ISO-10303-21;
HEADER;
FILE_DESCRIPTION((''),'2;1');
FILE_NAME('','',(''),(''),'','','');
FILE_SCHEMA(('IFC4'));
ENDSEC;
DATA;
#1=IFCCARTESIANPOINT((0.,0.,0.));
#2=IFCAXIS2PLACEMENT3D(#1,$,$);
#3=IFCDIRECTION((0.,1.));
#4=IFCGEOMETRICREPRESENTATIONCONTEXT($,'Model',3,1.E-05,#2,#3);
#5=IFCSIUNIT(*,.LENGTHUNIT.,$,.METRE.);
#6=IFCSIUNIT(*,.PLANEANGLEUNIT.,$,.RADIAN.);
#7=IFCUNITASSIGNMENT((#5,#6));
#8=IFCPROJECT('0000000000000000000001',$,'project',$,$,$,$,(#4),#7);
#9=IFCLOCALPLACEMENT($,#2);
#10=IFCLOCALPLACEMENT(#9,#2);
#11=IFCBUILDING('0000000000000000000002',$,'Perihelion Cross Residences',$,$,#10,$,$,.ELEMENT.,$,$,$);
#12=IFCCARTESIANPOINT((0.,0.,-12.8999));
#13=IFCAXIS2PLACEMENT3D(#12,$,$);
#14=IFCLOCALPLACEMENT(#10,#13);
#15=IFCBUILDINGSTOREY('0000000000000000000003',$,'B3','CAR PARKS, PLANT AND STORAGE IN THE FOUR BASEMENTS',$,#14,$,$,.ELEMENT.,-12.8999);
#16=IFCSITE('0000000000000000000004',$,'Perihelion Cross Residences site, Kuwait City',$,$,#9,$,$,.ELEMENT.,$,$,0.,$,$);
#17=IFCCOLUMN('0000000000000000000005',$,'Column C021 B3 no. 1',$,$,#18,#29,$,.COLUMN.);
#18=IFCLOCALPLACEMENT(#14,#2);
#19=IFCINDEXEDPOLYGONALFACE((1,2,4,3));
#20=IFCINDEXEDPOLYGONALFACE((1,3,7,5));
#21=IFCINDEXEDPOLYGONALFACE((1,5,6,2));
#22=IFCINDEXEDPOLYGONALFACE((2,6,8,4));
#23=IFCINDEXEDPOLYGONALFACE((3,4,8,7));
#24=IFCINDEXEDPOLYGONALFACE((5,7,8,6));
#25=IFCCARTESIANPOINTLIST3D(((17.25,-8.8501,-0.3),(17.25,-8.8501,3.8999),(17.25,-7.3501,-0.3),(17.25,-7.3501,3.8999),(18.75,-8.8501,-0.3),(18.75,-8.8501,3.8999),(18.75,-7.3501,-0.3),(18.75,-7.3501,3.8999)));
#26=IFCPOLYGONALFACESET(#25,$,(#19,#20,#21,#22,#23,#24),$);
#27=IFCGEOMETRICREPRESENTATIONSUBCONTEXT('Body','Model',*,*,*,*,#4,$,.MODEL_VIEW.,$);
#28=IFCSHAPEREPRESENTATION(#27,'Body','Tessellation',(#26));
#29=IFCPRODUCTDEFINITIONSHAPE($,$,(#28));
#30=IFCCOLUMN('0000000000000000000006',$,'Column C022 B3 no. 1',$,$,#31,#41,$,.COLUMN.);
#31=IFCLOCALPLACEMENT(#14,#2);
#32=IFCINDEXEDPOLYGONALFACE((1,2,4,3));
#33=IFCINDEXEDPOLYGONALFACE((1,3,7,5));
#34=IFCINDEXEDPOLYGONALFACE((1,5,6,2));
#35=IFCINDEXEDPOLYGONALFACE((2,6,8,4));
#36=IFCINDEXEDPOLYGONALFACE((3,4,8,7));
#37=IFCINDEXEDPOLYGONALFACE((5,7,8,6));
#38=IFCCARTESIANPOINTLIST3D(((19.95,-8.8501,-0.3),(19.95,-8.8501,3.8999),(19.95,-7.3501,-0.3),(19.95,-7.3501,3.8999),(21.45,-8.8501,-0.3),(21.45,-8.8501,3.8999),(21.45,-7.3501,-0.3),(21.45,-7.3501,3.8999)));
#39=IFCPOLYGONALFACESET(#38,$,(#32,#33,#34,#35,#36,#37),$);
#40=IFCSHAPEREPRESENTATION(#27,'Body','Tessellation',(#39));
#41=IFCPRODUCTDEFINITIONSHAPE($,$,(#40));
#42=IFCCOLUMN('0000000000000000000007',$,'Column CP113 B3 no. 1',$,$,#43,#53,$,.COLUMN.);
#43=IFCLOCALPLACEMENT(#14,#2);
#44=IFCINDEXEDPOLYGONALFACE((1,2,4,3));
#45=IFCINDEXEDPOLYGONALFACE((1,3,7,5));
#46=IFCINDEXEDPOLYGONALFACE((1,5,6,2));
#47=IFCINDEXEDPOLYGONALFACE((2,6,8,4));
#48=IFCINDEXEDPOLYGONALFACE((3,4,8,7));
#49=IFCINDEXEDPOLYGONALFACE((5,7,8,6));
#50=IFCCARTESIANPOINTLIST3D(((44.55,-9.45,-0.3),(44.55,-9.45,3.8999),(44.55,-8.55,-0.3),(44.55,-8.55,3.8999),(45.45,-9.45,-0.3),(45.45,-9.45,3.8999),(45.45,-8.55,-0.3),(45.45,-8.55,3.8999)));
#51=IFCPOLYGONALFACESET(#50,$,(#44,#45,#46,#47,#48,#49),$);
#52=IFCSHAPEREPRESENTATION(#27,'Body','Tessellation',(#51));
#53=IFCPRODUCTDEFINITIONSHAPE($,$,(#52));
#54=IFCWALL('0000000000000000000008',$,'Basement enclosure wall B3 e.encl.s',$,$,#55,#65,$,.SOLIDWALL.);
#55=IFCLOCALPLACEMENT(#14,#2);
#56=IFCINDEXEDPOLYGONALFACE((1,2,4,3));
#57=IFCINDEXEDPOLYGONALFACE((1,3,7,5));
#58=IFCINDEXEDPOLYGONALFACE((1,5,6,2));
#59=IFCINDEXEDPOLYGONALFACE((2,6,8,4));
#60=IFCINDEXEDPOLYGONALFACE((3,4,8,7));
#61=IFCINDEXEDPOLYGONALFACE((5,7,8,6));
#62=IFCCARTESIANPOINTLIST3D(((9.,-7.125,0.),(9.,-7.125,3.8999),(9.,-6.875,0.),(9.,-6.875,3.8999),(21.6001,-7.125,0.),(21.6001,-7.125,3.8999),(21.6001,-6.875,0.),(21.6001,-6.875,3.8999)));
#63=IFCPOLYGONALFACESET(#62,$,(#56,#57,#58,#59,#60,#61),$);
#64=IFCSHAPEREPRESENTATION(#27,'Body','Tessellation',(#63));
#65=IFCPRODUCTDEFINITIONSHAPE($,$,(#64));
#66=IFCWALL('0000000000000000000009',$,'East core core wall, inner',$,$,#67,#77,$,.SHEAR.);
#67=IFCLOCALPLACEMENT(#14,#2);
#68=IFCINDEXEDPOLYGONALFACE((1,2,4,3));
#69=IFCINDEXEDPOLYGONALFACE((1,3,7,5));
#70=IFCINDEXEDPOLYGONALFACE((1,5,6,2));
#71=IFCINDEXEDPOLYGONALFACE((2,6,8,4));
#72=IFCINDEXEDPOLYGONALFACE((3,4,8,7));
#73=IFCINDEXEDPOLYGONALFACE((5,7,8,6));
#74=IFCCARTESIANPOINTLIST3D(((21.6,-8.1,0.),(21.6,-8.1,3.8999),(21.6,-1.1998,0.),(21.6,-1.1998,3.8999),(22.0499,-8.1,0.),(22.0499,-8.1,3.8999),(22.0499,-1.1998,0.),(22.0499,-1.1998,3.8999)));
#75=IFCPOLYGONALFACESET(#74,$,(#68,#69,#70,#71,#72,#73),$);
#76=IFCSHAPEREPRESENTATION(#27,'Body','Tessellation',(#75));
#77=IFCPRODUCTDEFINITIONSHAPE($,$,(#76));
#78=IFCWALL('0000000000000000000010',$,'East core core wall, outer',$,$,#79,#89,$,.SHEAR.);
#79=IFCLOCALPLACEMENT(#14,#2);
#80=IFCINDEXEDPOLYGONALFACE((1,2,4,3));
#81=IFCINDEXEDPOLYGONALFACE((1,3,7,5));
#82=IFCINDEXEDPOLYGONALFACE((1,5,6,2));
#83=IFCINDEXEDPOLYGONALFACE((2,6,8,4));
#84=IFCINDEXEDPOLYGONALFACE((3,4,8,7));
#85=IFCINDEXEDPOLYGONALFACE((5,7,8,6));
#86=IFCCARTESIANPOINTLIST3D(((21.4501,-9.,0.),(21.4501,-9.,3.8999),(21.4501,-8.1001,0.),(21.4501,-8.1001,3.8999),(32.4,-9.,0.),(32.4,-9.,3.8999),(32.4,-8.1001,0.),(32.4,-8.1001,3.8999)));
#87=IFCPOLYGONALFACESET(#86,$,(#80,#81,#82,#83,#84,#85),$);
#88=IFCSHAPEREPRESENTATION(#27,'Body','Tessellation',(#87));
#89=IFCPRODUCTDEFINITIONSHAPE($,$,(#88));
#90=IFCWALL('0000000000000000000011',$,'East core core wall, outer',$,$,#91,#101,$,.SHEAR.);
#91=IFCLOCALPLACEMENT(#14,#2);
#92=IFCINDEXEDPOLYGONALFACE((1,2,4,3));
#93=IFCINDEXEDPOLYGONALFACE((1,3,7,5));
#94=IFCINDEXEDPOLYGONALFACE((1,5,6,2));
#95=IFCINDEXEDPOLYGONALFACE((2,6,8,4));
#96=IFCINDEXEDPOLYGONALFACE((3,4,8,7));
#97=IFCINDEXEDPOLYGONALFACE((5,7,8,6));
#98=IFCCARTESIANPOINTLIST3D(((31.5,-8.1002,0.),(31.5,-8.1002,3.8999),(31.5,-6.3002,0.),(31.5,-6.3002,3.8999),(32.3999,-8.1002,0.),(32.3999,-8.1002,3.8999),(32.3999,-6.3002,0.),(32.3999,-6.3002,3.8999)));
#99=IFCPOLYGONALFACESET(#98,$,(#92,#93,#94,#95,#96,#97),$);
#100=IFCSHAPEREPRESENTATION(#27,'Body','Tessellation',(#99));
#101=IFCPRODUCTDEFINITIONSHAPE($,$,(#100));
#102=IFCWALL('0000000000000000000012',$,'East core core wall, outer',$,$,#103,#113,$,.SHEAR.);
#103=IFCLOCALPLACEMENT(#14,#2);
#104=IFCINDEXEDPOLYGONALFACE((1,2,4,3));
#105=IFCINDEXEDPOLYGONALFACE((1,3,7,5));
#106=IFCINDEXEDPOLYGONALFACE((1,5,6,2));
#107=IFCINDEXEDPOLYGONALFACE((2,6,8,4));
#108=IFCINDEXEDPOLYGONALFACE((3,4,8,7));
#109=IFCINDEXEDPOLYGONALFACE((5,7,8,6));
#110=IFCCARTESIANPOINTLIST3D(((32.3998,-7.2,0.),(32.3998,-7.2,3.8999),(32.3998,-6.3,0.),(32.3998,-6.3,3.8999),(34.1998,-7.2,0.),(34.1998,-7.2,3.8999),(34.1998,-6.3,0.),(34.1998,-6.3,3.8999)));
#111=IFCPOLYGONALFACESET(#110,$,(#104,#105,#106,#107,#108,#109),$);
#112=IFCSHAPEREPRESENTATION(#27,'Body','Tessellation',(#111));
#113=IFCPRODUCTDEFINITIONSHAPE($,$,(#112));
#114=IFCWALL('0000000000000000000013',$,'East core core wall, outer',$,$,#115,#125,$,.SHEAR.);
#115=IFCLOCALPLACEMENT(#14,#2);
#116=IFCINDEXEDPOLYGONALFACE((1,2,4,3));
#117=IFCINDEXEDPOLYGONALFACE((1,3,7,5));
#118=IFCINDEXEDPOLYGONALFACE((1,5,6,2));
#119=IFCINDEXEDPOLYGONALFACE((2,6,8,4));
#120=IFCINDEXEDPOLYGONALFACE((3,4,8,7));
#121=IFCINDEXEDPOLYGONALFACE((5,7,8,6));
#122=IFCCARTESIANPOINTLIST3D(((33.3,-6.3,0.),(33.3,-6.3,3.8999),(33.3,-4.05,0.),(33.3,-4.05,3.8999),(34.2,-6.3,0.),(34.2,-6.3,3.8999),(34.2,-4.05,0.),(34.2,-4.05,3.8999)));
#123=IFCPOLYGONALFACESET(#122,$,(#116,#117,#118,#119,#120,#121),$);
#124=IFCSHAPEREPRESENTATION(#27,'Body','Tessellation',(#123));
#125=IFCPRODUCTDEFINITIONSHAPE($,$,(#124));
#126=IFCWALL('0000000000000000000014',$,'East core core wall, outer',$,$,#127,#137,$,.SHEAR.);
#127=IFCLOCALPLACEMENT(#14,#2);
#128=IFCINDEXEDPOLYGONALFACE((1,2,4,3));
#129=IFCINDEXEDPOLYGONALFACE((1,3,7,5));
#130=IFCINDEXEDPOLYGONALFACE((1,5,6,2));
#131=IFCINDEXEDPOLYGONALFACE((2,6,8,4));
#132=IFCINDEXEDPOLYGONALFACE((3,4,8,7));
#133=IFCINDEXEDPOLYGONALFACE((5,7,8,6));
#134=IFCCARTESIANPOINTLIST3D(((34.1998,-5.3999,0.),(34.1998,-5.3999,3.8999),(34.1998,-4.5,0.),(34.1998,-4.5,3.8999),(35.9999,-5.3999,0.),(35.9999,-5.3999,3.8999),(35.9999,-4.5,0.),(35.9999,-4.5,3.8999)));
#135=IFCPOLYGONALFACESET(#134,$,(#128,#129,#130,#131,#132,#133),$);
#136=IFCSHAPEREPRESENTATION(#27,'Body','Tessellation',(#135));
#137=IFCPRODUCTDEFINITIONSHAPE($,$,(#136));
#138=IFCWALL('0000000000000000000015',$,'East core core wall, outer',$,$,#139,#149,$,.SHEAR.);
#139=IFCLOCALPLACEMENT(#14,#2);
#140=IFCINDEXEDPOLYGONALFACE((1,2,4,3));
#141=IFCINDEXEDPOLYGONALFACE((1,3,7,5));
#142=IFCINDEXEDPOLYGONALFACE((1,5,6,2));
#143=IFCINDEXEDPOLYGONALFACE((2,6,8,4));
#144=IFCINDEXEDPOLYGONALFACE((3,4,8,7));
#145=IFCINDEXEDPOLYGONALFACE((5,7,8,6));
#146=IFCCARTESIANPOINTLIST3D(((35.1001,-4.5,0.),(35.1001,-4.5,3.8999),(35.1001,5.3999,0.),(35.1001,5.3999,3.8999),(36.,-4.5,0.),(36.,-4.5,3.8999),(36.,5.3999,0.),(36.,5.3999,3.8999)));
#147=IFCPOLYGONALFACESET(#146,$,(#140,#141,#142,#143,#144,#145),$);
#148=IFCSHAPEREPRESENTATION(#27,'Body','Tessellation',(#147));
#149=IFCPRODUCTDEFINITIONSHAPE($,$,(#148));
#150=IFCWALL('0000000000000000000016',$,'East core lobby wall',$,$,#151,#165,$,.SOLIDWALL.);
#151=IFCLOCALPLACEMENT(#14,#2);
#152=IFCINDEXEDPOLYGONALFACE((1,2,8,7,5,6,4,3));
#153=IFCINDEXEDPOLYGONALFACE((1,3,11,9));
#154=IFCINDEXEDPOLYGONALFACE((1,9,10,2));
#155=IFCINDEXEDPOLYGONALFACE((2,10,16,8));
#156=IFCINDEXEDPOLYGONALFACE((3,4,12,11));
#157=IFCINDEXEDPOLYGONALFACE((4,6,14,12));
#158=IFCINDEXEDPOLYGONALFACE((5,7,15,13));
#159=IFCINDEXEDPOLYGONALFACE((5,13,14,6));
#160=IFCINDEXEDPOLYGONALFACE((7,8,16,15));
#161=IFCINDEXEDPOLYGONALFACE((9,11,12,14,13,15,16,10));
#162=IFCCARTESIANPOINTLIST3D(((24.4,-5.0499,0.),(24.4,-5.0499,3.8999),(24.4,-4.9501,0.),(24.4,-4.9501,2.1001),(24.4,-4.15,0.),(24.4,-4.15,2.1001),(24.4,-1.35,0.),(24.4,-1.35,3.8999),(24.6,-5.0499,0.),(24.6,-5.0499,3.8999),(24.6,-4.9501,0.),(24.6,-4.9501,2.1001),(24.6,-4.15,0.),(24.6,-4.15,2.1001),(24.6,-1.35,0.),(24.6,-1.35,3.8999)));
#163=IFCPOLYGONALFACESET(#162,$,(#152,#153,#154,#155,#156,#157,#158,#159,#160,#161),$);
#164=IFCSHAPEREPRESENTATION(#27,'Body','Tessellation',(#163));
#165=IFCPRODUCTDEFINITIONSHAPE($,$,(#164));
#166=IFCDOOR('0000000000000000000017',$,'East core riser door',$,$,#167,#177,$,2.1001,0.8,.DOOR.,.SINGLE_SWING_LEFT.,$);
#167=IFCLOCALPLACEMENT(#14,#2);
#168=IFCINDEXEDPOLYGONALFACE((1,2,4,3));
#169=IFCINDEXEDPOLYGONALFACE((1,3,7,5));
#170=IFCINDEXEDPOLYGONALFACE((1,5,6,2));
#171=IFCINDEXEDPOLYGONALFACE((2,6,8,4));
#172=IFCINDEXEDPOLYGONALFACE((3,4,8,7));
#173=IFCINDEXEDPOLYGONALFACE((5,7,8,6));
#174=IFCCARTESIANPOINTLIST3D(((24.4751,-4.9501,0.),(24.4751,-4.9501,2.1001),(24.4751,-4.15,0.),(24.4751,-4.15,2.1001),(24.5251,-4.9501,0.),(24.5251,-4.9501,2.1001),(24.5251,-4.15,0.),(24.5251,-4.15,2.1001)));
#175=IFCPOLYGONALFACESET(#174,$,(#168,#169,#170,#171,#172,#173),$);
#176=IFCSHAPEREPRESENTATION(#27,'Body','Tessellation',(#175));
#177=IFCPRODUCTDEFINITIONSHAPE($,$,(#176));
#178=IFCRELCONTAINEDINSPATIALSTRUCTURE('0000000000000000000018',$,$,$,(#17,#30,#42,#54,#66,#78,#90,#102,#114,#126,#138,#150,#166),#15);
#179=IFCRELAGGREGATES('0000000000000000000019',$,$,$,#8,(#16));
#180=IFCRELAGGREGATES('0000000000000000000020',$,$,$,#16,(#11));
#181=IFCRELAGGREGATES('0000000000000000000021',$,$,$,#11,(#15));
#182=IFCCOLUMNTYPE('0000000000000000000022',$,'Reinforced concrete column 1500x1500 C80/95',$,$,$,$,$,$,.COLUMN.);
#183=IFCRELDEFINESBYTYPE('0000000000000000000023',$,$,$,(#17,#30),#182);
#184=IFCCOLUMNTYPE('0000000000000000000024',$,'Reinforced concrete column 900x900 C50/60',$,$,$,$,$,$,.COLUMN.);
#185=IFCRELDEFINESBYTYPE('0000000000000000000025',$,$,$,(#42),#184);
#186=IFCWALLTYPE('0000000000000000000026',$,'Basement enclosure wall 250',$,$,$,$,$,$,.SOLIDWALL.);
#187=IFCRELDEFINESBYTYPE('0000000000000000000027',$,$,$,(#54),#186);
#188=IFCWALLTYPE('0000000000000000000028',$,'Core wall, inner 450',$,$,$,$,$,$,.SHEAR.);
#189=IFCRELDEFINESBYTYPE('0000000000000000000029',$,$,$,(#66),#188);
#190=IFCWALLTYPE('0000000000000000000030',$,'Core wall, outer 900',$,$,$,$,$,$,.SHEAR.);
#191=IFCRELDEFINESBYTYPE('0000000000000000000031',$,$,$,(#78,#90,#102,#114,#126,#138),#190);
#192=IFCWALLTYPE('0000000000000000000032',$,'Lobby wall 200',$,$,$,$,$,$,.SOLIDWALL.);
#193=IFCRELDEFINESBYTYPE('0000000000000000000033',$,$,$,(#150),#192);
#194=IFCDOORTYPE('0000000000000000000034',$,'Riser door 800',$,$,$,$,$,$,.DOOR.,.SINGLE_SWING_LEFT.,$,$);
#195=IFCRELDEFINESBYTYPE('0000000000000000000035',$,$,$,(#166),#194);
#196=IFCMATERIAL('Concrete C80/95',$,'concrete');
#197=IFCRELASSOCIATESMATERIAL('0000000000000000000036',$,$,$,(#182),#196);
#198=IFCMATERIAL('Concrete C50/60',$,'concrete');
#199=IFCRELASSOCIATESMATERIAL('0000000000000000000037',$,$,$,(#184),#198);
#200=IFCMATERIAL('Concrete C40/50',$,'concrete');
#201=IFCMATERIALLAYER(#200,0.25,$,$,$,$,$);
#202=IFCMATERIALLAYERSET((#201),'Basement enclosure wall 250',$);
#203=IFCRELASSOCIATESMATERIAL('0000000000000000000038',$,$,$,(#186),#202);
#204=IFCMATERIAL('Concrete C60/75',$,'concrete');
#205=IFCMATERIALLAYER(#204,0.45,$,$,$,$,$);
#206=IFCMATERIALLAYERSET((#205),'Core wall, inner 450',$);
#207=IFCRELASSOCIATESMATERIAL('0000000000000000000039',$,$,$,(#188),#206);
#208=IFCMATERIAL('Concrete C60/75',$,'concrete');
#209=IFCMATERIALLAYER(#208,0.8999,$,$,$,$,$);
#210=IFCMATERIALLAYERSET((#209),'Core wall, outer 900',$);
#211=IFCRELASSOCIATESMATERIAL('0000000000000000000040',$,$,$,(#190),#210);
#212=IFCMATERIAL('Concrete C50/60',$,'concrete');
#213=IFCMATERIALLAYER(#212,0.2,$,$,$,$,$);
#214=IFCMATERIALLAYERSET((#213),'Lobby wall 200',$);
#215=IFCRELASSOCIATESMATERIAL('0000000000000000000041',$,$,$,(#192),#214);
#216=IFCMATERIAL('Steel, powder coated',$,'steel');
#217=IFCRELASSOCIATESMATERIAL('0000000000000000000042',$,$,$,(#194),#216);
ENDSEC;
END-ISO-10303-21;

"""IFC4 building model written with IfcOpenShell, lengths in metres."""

from ifc_helpers import new_model, si_unit, direction, frame, frame_2d, origin, origin_2d, place, context, subcontext, project, spatial, rectangle, extrude, material, layer, layer_set, material_profile, profile_set, type_object, element, fill, save


model = new_model("IFC4")

# Units and contexts
model_context = context("Model", 3, precision=1e-05, world=origin(), true_north=direction((0.0, 1.0)))
body_context = subcontext(model_context, "Body", "Model", "MODEL_VIEW")
ifc_project = project(units=[si_unit("LENGTHUNIT", "METRE"), si_unit("PLANEANGLEUNIT", "RADIAN")], contexts=[model_context])

# Site, building, storey
site_placement = place(None, origin())
site = spatial("IfcSite", under=ifc_project, at=site_placement, Name="Perihelion Cross Residences site, Kuwait City", CompositionType="ELEMENT", RefElevation=0.0)
building_placement = place(site_placement, origin())
building = spatial("IfcBuilding", under=site, at=building_placement, Name="Perihelion Cross Residences", CompositionType="ELEMENT")
storey_placement = place(building_placement, frame((0.0, 0.0, -12.8999)))
storey = spatial("IfcBuildingStorey", under=building, at=storey_placement, Name="B3", Description="CAR PARKS, PLANT AND STORAGE IN THE FOUR BASEMENTS", CompositionType="ELEMENT", Elevation=-12.8999)

# Columns
ifc_material_1 = material(Name="Concrete C80/95", Category="concrete")
ifc_material_profile_1 = material_profile(ifc_material_1, rectangle(XDim=1.5, YDim=1.5, at=origin_2d()), Name="RC 1500x1500")
ifc_profile_set_1 = profile_set([ifc_material_profile_1], Name="Concrete C80/95")
column_type_1 = type_object("IfcColumnType", Name="Reinforced concrete column 1500x1500 C80/95", PredefinedType="COLUMN", material=ifc_profile_set_1)
for number, where, z_axis, x_axis, name in (
    (1, (18.0, -8.1001, -0.3), (0.0, 0.0, 1.0), (1.0, 0.0, 0.0), "Column C021 B3 no. 1"),
    (2, (20.7, -8.1001, -0.3), (0.0, 0.0, 1.0), (1.0, 0.0, 0.0), "Column C022 B3 no. 1"),
):
    element("IfcColumn", number, at=place(storey_placement, frame(where, z_axis=z_axis, x_axis=x_axis)), inside=storey, type_object=column_type_1, Name=name, PredefinedType="COLUMN", context=body_context, shape_type="SweptSolid", body=[
        extrude(rectangle(XDim=1.5, YDim=1.5, at=origin_2d()), origin(), (0.0, 0.0, 1.0), 4.2),
    ])
ifc_material_2 = material(Name="Concrete C50/60", Category="concrete")
ifc_material_profile_2 = material_profile(ifc_material_2, rectangle(XDim=0.8999, YDim=0.8999, at=origin_2d()), Name="RC 900x900")
ifc_profile_set_2 = profile_set([ifc_material_profile_2], Name="Concrete C50/60")
column_type_2 = type_object("IfcColumnType", Name="Reinforced concrete column 900x900 C50/60", PredefinedType="COLUMN", material=ifc_profile_set_2)
column_placement = place(storey_placement, frame((45.0, -9.0, -0.3), z_axis=(0.0, 0.0, 1.0), x_axis=(1.0, 0.0, 0.0)))
element("IfcColumn", 3, at=column_placement, inside=storey, type_object=column_type_2, Name="Column CP113 B3 no. 1", PredefinedType="COLUMN", context=body_context, shape_type="SweptSolid", body=[
    extrude(rectangle(XDim=0.8999, YDim=0.8999, at=origin_2d()), origin(), (0.0, 0.0, 1.0), 4.2),
])

# Walls
ifc_material_3 = material(Name="Concrete C40/50", Category="concrete")
ifc_layer_1 = layer(ifc_material_3, 0.25)
ifc_layer_set_1 = layer_set([ifc_layer_1], Name="Basement enclosure wall 250")
wall_type_1 = type_object("IfcWallType", Name="Basement enclosure wall 250", PredefinedType="SOLIDWALL", material=ifc_layer_set_1)
wall_1_placement = place(storey_placement, frame((9.0, -7.0, 0.0), z_axis=(0.0, 0.0, 1.0), x_axis=(1.0, 0.0, 0.0)))
element("IfcWall", 4, at=wall_1_placement, inside=storey, type_object=wall_type_1, Name="Basement enclosure wall B3 e.encl.s", PredefinedType="SOLIDWALL", context=body_context, shape_type="SweptSolid", body=[
    extrude(rectangle(XDim=12.6001, YDim=0.25, at=frame_2d((6.3, 0.0))), origin(), (0.0, 0.0, 1.0), 3.8999),
])
ifc_material_4 = material(Name="Concrete C60/75", Category="concrete")
ifc_layer_2 = layer(ifc_material_4, 0.45)
ifc_layer_set_2 = layer_set([ifc_layer_2], Name="Core wall, inner 450")
wall_type_2 = type_object("IfcWallType", Name="Core wall, inner 450", PredefinedType="SHEAR", material=ifc_layer_set_2)
wall_2_placement = place(storey_placement, frame((21.825, -8.1001, 0.0), z_axis=(0.0, 0.0, 1.0), x_axis=(0.0, 1.0, 0.0)))
element("IfcWall", 5, at=wall_2_placement, inside=storey, type_object=wall_type_2, Name="East core core wall, inner", PredefinedType="SHEAR", context=body_context, shape_type="SweptSolid", body=[
    extrude(rectangle(XDim=6.9001, YDim=0.45, at=frame_2d((3.4502, 0.0))), origin(), (0.0, 0.0, 1.0), 3.8999),
])
ifc_material_5 = material(Name="Concrete C60/75", Category="concrete")
ifc_layer_3 = layer(ifc_material_5, 0.8999)
ifc_layer_set_3 = layer_set([ifc_layer_3], Name="Core wall, outer 900")
wall_type_3 = type_object("IfcWallType", Name="Core wall, outer 900", PredefinedType="SHEAR", material=ifc_layer_set_3)
wall_3_placement = place(storey_placement, frame((21.45, -8.55, 0.0), z_axis=(0.0, 0.0, 1.0), x_axis=(1.0, 0.0, 0.0)))
element("IfcWall", 6, at=wall_3_placement, inside=storey, type_object=wall_type_3, Name="East core core wall, outer", PredefinedType="SHEAR", context=body_context, shape_type="SweptSolid", body=[
    extrude(rectangle(XDim=10.95, YDim=0.8999, at=frame_2d((5.4751, 0.0))), origin(), (0.0, 0.0, 1.0), 3.8999),
])
for number, where, z_axis, x_axis, name in (
    (7, (31.95, -8.1001, 0.0), (0.0, 0.0, 1.0), (0.0, 1.0, 0.0), "East core core wall, outer"),
    (8, (32.3999, -6.75, 0.0), (0.0, 0.0, 1.0), (1.0, 0.0, 0.0), "East core core wall, outer"),
):
    element("IfcWall", number, at=place(storey_placement, frame(where, z_axis=z_axis, x_axis=x_axis)), inside=storey, type_object=wall_type_3, Name=name, PredefinedType="SHEAR", context=body_context, shape_type="SweptSolid", body=[
        extrude(rectangle(XDim=1.8, YDim=0.8999, at=frame_2d((0.8999, 0.0))), origin(), (0.0, 0.0, 1.0), 3.8999),
    ])
wall_4_placement = place(storey_placement, frame((33.75, -6.3, 0.0), z_axis=(0.0, 0.0, 1.0), x_axis=(0.0, 1.0, 0.0)))
element("IfcWall", 9, at=wall_4_placement, inside=storey, type_object=wall_type_3, Name="East core core wall, outer", PredefinedType="SHEAR", context=body_context, shape_type="SweptSolid", body=[
    extrude(rectangle(XDim=2.25, YDim=0.8999, at=frame_2d((1.125, 0.0))), origin(), (0.0, 0.0, 1.0), 3.8999),
])
wall_5_placement = place(storey_placement, frame((34.2, -4.95, 0.0), z_axis=(0.0, 0.0, 1.0), x_axis=(1.0, 0.0, 0.0)))
element("IfcWall", 10, at=wall_5_placement, inside=storey, type_object=wall_type_3, Name="East core core wall, outer", PredefinedType="SHEAR", context=body_context, shape_type="SweptSolid", body=[
    extrude(rectangle(XDim=1.8, YDim=0.8999, at=frame_2d((0.8999, 0.0))), origin(), (0.0, 0.0, 1.0), 3.8999),
])
wall_6_placement = place(storey_placement, frame((35.55, -4.5, 0.0), z_axis=(0.0, 0.0, 1.0), x_axis=(0.0, 1.0, 0.0)))
element("IfcWall", 11, at=wall_6_placement, inside=storey, type_object=wall_type_3, Name="East core core wall, outer", PredefinedType="SHEAR", context=body_context, shape_type="SweptSolid", body=[
    extrude(rectangle(XDim=9.8999, YDim=0.8999, at=frame_2d((4.95, 0.0))), origin(), (0.0, 0.0, 1.0), 3.8999),
])

# Wall, opening, door
ifc_material_6 = material(Name="Concrete C50/60", Category="concrete")
ifc_layer_4 = layer(ifc_material_6, 0.2)
ifc_layer_set_4 = layer_set([ifc_layer_4], Name="Lobby wall 200")
wall_type_4 = type_object("IfcWallType", Name="Lobby wall 200", PredefinedType="SOLIDWALL", material=ifc_layer_set_4)
wall_7_placement = place(storey_placement, frame((24.5, -5.05, 0.0), z_axis=(0.0, 0.0, 1.0), x_axis=(0.0, 1.0, 0.0)))
wall_7 = element("IfcWall", 12, at=wall_7_placement, inside=storey, type_object=wall_type_4, Name="East core lobby wall", PredefinedType="SOLIDWALL", context=body_context, shape_type="SweptSolid", body=[
    extrude(rectangle(XDim=3.7, YDim=0.2, at=frame_2d((1.8501, 0.0))), origin(), (0.0, 0.0, 1.0), 3.8999),
])
opening_1_placement = place(wall_7_placement, frame((0.1001, 0.0, 0.0)))
opening_1 = element("IfcOpeningElement", 13, at=opening_1_placement, cuts=wall_7, PredefinedType="OPENING", context=body_context, shape_type="SweptSolid", body=[
    extrude(rectangle(XDim=0.8, YDim=2.1001, at=frame_2d((0.3999, 1.05))), frame((0.0, 0.1099, 0.0), z_axis=(0.0, -1.0, 0.0), x_axis=(1.0, 0.0, 0.0)), (0.0, 0.0, 1.0), 0.22),
])
ifc_material_7 = material(Name="Steel, powder coated", Category="steel")
door_type_1 = type_object("IfcDoorType", Name="Riser door 800", OperationType="SINGLE_SWING_LEFT", PredefinedType="DOOR", material=ifc_material_7)
door_1_placement = place(opening_1_placement, origin())
door_1 = element("IfcDoor", 14, at=door_1_placement, inside=storey, type_object=door_type_1, Name="East core riser door", OperationType="SINGLE_SWING_LEFT", OverallHeight=2.1001, OverallWidth=0.8, PredefinedType="DOOR", context=body_context, shape_type="SweptSolid", body=[
    extrude(rectangle(XDim=0.8, YDim=2.1001, at=frame_2d((0.3999, 1.05))), frame((0.0, 0.0249, 0.0), z_axis=(0.0, -1.0, 0.0), x_axis=(1.0, 0.0, 0.0)), (0.0, 0.0, 1.0), 0.05),
])
fill(opening_1, door_1)

save(model, "model.ifc")
